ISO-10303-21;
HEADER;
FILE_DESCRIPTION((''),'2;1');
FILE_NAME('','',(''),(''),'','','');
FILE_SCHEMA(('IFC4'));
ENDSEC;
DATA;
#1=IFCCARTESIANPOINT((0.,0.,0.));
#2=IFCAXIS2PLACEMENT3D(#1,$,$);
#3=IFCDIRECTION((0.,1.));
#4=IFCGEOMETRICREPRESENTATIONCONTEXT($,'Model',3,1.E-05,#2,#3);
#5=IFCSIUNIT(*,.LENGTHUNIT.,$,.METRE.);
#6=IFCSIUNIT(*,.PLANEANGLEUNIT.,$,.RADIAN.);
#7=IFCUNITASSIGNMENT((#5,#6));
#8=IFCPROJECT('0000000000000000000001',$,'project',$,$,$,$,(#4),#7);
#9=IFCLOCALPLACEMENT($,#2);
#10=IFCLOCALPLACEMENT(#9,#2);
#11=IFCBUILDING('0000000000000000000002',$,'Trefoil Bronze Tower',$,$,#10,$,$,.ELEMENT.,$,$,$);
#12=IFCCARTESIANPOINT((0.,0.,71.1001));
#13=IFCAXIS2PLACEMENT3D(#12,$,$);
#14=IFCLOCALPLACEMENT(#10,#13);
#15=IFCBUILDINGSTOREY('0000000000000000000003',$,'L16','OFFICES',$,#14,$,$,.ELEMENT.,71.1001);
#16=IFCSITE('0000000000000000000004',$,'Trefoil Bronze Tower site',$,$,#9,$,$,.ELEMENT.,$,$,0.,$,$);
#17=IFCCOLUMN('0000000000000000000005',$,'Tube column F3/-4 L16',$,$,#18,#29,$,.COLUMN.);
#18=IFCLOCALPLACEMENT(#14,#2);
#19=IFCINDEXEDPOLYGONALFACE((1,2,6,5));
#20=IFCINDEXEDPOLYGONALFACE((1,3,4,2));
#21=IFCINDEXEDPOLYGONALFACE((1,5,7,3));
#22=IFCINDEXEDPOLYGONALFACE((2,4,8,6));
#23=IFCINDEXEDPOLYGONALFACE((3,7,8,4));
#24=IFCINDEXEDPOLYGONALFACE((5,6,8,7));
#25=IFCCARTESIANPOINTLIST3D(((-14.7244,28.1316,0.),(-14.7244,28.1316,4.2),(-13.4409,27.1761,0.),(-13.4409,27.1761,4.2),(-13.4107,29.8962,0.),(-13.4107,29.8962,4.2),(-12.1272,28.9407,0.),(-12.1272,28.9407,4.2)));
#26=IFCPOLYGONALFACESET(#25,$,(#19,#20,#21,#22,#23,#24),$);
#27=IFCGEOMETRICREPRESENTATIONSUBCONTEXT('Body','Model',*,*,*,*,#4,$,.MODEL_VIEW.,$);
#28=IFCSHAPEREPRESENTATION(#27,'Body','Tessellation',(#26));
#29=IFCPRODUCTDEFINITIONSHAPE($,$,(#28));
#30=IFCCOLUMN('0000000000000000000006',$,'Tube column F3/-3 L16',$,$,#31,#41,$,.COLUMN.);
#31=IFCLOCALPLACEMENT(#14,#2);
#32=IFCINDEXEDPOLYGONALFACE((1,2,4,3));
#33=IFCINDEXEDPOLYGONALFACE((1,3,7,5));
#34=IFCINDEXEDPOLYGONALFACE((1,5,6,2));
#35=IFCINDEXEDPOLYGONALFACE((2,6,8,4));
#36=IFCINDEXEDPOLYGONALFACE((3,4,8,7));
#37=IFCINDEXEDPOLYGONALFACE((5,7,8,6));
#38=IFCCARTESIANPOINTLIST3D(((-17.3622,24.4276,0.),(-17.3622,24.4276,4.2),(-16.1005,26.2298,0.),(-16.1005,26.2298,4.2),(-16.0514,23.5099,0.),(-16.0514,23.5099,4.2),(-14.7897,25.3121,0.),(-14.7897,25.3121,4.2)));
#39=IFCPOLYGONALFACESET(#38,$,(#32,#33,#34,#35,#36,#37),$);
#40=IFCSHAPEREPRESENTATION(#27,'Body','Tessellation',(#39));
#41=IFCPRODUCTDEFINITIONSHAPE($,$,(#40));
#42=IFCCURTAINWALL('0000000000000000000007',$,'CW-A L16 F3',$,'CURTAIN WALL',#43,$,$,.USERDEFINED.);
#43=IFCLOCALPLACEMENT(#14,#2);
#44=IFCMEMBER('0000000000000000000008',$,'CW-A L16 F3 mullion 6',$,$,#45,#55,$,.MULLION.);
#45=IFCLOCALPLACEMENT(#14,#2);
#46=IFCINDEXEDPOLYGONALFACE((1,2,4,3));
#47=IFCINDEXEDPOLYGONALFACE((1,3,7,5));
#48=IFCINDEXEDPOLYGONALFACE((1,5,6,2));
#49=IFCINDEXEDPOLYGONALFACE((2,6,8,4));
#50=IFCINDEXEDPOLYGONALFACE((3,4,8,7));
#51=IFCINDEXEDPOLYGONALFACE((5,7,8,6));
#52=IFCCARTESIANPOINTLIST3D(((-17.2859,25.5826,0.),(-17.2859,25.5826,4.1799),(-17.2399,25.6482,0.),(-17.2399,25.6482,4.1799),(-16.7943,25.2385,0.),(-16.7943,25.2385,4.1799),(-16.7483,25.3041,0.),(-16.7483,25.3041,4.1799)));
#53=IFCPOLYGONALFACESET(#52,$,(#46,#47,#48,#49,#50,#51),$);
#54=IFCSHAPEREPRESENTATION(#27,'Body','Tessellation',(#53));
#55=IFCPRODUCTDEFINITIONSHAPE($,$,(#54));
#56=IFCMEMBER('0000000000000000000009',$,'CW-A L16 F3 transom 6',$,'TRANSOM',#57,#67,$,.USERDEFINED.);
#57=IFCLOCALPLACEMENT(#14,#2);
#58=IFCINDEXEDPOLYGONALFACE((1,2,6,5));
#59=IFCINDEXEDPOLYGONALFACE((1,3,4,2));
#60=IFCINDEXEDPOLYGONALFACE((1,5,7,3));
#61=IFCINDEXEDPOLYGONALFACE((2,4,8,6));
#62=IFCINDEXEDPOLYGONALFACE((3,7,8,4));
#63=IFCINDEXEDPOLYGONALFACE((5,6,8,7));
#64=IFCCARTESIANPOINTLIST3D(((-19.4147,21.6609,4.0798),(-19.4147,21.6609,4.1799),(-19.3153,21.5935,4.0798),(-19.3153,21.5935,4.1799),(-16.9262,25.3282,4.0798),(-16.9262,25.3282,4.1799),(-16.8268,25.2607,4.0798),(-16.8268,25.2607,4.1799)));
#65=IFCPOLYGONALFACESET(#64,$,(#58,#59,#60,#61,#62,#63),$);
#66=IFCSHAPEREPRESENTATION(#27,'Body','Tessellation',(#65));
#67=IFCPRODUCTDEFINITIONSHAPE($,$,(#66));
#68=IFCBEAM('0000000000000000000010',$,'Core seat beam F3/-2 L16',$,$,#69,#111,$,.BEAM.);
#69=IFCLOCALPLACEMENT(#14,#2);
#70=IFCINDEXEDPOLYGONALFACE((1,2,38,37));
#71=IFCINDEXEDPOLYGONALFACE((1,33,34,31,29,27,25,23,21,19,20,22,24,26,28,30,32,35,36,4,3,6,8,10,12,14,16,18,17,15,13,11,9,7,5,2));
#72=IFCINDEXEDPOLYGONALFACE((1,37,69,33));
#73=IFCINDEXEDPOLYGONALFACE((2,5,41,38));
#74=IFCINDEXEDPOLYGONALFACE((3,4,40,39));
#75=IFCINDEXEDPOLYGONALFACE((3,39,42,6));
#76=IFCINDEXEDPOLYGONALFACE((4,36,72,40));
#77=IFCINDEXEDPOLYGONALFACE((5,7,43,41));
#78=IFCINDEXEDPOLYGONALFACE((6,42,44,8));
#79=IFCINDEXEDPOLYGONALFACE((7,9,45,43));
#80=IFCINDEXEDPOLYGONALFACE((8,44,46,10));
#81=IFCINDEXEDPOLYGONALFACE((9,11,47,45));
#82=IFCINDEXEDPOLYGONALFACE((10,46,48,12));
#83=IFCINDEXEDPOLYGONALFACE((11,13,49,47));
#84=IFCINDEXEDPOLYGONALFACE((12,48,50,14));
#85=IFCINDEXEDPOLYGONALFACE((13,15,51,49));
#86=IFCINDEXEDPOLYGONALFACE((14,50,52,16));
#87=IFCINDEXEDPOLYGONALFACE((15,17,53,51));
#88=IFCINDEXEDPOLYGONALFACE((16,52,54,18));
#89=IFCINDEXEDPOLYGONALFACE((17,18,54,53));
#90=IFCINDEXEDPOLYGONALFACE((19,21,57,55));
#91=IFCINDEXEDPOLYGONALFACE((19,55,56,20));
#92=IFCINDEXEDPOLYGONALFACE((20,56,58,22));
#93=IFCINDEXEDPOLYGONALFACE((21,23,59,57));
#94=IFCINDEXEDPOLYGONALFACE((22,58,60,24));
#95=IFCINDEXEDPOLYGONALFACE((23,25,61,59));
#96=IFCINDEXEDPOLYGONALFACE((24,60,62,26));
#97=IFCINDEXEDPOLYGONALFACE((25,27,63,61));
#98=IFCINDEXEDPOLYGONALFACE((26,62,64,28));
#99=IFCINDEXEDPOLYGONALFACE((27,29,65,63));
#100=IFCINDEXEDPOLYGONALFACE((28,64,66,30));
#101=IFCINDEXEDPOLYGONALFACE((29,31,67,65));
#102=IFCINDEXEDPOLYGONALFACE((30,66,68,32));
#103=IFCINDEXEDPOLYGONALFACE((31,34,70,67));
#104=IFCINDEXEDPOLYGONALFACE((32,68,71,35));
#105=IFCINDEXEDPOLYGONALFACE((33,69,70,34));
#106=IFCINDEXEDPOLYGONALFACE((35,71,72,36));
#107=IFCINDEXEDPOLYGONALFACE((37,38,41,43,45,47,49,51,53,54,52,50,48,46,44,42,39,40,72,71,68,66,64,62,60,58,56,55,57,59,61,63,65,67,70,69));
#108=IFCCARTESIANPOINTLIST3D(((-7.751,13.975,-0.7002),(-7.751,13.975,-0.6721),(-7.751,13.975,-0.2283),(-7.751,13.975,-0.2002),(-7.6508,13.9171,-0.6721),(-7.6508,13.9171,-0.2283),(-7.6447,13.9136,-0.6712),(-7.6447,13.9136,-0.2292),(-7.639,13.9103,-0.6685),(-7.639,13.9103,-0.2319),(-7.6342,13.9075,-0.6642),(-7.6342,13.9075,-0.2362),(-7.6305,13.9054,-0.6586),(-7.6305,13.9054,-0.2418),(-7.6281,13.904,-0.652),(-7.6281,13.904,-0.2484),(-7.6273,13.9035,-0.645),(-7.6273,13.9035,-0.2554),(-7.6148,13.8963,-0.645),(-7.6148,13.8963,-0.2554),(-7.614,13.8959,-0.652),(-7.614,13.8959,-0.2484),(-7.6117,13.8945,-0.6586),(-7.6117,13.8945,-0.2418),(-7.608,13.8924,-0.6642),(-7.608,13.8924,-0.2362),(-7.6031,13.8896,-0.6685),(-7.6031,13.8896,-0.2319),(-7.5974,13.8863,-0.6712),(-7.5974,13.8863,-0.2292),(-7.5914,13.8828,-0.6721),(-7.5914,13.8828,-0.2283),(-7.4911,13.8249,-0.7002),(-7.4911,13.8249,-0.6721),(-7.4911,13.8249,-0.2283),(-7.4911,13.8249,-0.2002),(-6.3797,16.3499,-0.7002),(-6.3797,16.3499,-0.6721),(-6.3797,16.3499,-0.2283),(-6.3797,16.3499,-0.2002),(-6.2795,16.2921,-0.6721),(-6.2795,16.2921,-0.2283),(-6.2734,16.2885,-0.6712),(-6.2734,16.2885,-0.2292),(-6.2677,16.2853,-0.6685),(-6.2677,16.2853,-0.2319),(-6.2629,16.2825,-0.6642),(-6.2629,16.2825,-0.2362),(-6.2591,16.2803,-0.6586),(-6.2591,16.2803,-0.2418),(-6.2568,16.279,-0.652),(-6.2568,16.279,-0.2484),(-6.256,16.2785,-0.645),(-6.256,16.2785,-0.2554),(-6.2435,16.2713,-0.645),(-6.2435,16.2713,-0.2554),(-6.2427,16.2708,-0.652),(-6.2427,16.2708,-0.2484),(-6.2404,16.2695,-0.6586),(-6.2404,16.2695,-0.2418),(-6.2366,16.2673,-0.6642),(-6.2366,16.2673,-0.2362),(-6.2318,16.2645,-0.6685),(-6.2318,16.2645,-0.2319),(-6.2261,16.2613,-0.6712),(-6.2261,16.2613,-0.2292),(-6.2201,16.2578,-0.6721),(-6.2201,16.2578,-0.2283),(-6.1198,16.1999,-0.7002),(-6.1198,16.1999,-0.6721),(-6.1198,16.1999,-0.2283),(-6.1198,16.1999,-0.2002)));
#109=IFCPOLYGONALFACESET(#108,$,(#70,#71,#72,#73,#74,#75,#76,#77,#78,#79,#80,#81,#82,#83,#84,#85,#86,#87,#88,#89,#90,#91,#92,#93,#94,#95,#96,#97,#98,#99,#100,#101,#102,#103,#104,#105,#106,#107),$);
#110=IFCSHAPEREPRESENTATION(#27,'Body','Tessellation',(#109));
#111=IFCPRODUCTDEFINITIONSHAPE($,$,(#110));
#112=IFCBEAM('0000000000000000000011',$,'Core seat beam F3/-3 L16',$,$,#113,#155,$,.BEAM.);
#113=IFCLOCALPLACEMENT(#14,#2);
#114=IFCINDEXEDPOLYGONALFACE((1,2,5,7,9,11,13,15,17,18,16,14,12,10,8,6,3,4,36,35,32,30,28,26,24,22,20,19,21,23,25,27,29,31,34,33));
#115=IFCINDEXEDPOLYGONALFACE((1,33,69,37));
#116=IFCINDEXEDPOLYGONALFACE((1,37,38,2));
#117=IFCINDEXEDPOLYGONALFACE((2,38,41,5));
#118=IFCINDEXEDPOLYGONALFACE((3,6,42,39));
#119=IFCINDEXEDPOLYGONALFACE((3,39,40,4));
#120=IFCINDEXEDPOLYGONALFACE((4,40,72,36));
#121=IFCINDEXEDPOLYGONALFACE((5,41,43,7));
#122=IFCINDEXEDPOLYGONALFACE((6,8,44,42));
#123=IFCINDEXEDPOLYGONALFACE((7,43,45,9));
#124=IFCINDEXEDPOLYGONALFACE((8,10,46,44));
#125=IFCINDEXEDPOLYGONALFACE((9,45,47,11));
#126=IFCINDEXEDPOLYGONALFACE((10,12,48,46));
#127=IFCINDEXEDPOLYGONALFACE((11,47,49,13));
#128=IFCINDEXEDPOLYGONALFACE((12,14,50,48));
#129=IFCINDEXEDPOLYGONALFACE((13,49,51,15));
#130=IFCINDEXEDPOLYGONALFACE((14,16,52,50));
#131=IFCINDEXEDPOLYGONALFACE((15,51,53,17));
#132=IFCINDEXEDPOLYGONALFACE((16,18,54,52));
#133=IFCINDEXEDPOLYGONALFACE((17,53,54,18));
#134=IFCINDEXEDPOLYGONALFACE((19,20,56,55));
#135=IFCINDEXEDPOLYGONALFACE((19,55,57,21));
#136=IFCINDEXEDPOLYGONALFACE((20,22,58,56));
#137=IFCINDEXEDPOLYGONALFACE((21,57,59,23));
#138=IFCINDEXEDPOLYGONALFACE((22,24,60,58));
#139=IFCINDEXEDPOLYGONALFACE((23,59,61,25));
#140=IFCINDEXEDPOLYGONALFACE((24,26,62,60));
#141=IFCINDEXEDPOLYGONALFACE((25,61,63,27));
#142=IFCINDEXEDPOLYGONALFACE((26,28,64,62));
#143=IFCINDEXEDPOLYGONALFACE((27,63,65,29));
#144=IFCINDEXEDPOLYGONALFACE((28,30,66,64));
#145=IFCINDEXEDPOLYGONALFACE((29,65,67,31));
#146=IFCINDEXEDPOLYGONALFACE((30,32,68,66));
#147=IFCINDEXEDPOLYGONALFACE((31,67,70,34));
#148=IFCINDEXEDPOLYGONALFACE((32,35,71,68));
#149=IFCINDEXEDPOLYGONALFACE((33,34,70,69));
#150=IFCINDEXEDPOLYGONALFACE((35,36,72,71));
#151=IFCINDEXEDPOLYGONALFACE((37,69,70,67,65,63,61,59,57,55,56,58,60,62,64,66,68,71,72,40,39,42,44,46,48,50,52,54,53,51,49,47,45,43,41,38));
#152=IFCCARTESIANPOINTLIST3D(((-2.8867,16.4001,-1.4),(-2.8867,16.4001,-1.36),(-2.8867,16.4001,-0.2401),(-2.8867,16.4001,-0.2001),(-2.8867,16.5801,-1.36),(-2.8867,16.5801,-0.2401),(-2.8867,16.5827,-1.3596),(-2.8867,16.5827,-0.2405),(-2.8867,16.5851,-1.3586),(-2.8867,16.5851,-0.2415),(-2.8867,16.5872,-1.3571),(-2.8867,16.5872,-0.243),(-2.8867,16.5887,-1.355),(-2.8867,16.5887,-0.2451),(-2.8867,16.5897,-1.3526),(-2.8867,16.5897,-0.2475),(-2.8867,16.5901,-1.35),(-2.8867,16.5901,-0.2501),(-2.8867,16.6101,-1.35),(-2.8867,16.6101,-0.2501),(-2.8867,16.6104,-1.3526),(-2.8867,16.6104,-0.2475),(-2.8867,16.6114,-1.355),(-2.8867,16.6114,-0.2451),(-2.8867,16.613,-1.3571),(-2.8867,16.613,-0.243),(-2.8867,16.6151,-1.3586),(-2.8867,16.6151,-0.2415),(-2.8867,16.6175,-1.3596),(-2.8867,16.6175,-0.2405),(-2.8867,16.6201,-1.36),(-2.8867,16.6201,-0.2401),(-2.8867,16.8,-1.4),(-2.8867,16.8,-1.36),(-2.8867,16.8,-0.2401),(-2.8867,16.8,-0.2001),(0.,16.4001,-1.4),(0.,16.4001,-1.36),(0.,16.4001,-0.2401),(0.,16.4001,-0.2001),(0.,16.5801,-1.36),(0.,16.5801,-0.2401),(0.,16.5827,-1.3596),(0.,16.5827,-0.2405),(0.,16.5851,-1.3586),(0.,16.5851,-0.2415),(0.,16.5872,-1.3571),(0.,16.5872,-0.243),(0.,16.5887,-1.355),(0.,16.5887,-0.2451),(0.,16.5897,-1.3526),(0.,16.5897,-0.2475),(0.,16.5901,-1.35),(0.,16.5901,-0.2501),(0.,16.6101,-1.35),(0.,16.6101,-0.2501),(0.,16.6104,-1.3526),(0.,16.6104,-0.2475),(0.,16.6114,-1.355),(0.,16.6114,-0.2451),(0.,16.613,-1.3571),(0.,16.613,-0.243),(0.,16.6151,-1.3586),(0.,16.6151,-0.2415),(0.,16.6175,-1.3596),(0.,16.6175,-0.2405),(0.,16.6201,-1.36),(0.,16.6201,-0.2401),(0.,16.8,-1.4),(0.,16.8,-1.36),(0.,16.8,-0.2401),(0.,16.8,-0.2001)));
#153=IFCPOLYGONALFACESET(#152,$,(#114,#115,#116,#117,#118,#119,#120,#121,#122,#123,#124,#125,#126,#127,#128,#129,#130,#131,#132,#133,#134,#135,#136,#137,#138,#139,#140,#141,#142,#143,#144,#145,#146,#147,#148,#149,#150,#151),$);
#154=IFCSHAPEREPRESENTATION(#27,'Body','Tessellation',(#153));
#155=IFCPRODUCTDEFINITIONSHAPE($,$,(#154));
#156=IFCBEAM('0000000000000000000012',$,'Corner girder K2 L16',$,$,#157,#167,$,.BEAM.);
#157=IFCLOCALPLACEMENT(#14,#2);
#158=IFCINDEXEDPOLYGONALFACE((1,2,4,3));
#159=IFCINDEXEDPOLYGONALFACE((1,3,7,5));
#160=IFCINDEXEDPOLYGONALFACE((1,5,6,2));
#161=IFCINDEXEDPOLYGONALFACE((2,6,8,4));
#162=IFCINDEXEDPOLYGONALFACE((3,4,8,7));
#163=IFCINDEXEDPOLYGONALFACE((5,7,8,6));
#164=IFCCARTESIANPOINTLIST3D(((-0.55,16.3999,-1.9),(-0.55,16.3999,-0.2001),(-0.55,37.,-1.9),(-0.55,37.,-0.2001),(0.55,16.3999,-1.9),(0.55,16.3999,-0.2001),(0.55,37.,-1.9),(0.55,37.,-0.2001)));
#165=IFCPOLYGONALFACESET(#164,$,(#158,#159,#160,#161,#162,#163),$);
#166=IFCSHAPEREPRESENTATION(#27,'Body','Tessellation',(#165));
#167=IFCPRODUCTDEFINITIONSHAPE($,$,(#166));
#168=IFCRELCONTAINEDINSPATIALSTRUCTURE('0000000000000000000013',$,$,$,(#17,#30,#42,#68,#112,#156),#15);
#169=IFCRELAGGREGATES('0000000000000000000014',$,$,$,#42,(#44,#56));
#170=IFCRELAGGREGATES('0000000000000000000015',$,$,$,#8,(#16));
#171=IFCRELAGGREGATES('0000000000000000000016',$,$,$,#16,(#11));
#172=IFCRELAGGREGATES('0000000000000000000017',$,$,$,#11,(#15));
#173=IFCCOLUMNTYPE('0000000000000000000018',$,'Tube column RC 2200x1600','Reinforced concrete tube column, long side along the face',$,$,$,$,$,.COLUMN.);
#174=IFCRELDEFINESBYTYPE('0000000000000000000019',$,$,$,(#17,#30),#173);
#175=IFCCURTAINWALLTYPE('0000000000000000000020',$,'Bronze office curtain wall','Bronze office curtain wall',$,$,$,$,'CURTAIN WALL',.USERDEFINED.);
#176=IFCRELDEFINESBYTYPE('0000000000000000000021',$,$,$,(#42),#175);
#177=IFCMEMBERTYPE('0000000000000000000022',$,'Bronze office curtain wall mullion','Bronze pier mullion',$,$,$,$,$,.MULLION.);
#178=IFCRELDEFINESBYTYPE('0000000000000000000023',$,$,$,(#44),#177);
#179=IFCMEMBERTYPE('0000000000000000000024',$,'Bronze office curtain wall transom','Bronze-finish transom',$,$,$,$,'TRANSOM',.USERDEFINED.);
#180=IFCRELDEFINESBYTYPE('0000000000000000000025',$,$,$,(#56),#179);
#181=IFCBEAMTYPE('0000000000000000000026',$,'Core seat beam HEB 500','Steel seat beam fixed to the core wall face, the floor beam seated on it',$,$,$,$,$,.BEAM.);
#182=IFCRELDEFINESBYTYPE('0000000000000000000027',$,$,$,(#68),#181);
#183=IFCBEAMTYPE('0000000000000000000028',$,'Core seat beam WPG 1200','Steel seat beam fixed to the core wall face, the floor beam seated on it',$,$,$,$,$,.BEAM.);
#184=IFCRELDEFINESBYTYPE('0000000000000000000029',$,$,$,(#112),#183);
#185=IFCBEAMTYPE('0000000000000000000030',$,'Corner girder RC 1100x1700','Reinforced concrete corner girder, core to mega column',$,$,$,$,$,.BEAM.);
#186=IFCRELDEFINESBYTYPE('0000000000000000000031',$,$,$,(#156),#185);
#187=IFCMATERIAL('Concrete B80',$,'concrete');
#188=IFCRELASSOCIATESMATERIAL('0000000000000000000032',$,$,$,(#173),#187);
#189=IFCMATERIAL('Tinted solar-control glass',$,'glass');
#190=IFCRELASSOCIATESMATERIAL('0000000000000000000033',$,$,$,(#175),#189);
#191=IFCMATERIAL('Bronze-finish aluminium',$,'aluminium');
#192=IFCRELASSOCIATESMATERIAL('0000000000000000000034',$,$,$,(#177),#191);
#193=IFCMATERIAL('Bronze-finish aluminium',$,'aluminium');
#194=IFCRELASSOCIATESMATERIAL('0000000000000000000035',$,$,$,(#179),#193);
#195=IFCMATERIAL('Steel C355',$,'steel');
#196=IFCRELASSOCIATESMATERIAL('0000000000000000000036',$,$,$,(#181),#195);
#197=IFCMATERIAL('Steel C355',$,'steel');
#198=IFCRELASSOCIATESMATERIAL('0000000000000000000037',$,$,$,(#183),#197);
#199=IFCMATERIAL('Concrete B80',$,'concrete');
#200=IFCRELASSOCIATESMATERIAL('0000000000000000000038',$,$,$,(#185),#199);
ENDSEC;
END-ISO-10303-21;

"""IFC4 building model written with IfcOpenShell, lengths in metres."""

from ifc_helpers import new_model, si_unit, direction, frame, origin, origin_2d, place, context, subcontext, project, spatial, rectangle, i_section, extrude, material, material_profile, profile_set, type_object, element, aggregate, save


model = new_model("IFC4")

# Units and contexts
model_context = context("Model", 3, precision=1e-05, world=origin(), true_north=direction((0.0, 1.0)))
body_context = subcontext(model_context, "Body", "Model", "MODEL_VIEW")
ifc_project = project(units=[si_unit("LENGTHUNIT", "METRE"), si_unit("PLANEANGLEUNIT", "RADIAN")], contexts=[model_context])

# Site, building, storey
site_placement = place(None, origin())
site = spatial("IfcSite", under=ifc_project, at=site_placement, Name="Trefoil Bronze Tower site", CompositionType="ELEMENT", RefElevation=0.0)
building_placement = place(site_placement, origin())
building = spatial("IfcBuilding", under=site, at=building_placement, Name="Trefoil Bronze Tower", CompositionType="ELEMENT")
storey_placement = place(building_placement, frame((0.0, 0.0, 71.1001)))
storey = spatial("IfcBuildingStorey", under=building, at=storey_placement, Name="L16", Description="OFFICES", CompositionType="ELEMENT", Elevation=71.1001)

# Columns
ifc_material_1 = material(Name="Concrete B80", Category="concrete")
ifc_material_profile_1 = material_profile(ifc_material_1, rectangle(XDim=2.2, YDim=1.6001, at=origin_2d()), Name="RC 2200x1600")
ifc_profile_set_1 = profile_set([ifc_material_profile_1], Name="Concrete B80")
column_type = type_object("IfcColumnType", Name="Tube column RC 2200x1600", Description="Reinforced concrete tube column, long side along the face", PredefinedType="COLUMN", material=ifc_profile_set_1)
for number, where, z_axis, x_axis, name in (
    (1, (-13.4258, 28.5361, 0.0), (0.0, 0.0, 1.0), (-0.597154, -0.802127, 0.0), "Tube column F3/-4 L16"),
    (2, (-16.0759, 24.8699, 0.0), (0.0, 0.0, 1.0), (-0.573502, -0.819204, 0.0), "Tube column F3/-3 L16"),
):
    element("IfcColumn", number, at=place(storey_placement, frame(where, z_axis=z_axis, x_axis=x_axis)), inside=storey, type_object=column_type, Name=name, PredefinedType="COLUMN", context=body_context, shape_type="SweptSolid", body=[
        extrude(rectangle(XDim=2.2, YDim=1.6001, at=origin_2d()), origin(), (0.0, 0.0, 1.0), 4.2),
    ])

# Curtain wall, members
ifc_material_2 = material(Name="Tinted solar-control glass", Category="glass")
curtain_wall_type = type_object("IfcCurtainWallType", Name="Bronze office curtain wall", Description="Bronze office curtain wall", ElementType="CURTAIN WALL", PredefinedType="USERDEFINED", material=ifc_material_2)
curtain_wall_placement = place(storey_placement, origin())
curtain_wall = element("IfcCurtainWall", 3, at=curtain_wall_placement, inside=storey, type_object=curtain_wall_type, Name="CW-A L16 F3", ObjectType="CURTAIN WALL", PredefinedType="USERDEFINED")
ifc_material_3 = material(Name="Bronze-finish aluminium", Category="aluminium")
ifc_material_profile_2 = material_profile(ifc_material_3, rectangle(XDim=0.6001, YDim=0.0801, at=origin_2d()), Name="CW-A mullion")
ifc_profile_set_2 = profile_set([ifc_material_profile_2], Name="Bronze-finish aluminium")
member_type_1 = type_object("IfcMemberType", Name="Bronze office curtain wall mullion", Description="Bronze pier mullion", PredefinedType="MULLION", material=ifc_profile_set_2)
member_1_placement = place(storey_placement, frame((-17.0171, 25.4434, 0.0), z_axis=(0.0, 0.0, 1.0), x_axis=(0.819204, -0.573502, 0.0)))
member_1 = element("IfcMember", 4, at=member_1_placement, type_object=member_type_1, Name="CW-A L16 F3 mullion 6", PredefinedType="MULLION", context=body_context, shape_type="SweptSolid", body=[
    extrude(rectangle(XDim=0.6001, YDim=0.0801, at=origin_2d()), origin(), (0.0, 0.0, 1.0), 4.1799),
])
ifc_material_4 = material(Name="Bronze-finish aluminium", Category="aluminium")
ifc_material_profile_3 = material_profile(ifc_material_4, rectangle(XDim=0.1201, YDim=0.1001, at=origin_2d()), Name="CW-A transom")
ifc_profile_set_3 = profile_set([ifc_material_profile_3], Name="Bronze-finish aluminium")
member_type_2 = type_object("IfcMemberType", Name="Bronze office curtain wall transom", Description="Bronze-finish transom", ElementType="TRANSOM", PredefinedType="USERDEFINED", material=ifc_profile_set_3)
member_2_placement = place(storey_placement, frame((-16.8765, 25.2944, 4.1299), z_axis=(-0.561508, -0.827471, 0.0), x_axis=(0.827471, -0.561508, 0.0)))
member_2 = element("IfcMember", 5, at=member_2_placement, type_object=member_type_2, Name="CW-A L16 F3 transom 6", ObjectType="TRANSOM", PredefinedType="USERDEFINED", context=body_context, shape_type="SweptSolid", body=[
    extrude(rectangle(XDim=0.1201, YDim=0.1001, at=origin_2d()), origin(), (0.0, 0.0, 1.0), 4.4319),
])

# Beams
ifc_material_5 = material(Name="Steel C355", Category="steel")
ifc_material_profile_4 = material_profile(ifc_material_5, i_section(OverallWidth=0.3, OverallDepth=0.5, WebThickness=0.0144, FlangeThickness=0.0281, FilletRadius=0.0271, at=origin_2d()), Name="HEB 500")
ifc_profile_set_4 = profile_set([ifc_material_profile_4], Name="Steel C355")
beam_type_1 = type_object("IfcBeamType", Name="Core seat beam HEB 500", Description="Steel seat beam fixed to the core wall face, the floor beam seated on it", PredefinedType="BEAM", material=ifc_profile_set_4)
beam_1_placement = place(storey_placement, frame((-6.2498, 16.2749, -0.4502), z_axis=(-0.500036, -0.866005, 0.0), x_axis=(0.866005, -0.500036, 0.0)))
element("IfcBeam", 6, at=beam_1_placement, inside=storey, type_object=beam_type_1, Name="Core seat beam F3/-2 L16", PredefinedType="BEAM", context=body_context, shape_type="SweptSolid", body=[
    extrude(i_section(OverallWidth=0.3, OverallDepth=0.5, WebThickness=0.0144, FlangeThickness=0.0281, FilletRadius=0.0271, at=origin_2d()), origin(), (0.0, 0.0, 1.0), 2.7424),
])
ifc_material_6 = material(Name="Steel C355", Category="steel")
ifc_material_profile_5 = material_profile(ifc_material_6, i_section(OverallWidth=0.3999, OverallDepth=1.2, WebThickness=0.02, FlangeThickness=0.04, FilletRadius=0.01, at=origin_2d()), Name="WPG 1200")
ifc_profile_set_5 = profile_set([ifc_material_profile_5], Name="Steel C355")
beam_type_2 = type_object("IfcBeamType", Name="Core seat beam WPG 1200", Description="Steel seat beam fixed to the core wall face, the floor beam seated on it", PredefinedType="BEAM", material=ifc_profile_set_5)
beam_2_placement = place(storey_placement, frame((0.0, 16.6001, -0.8), z_axis=(-1.0, 0.0, 0.0), x_axis=(0.0, -1.0, 0.0)))
element("IfcBeam", 7, at=beam_2_placement, inside=storey, type_object=beam_type_2, Name="Core seat beam F3/-3 L16", PredefinedType="BEAM", context=body_context, shape_type="SweptSolid", body=[
    extrude(i_section(OverallWidth=0.3999, OverallDepth=1.2, WebThickness=0.02, FlangeThickness=0.04, FilletRadius=0.01, at=origin_2d()), origin(), (0.0, 0.0, 1.0), 2.8867),
])
ifc_material_7 = material(Name="Concrete B80", Category="concrete")
ifc_material_profile_6 = material_profile(ifc_material_7, rectangle(XDim=1.1001, YDim=1.7, at=origin_2d()), Name="RC 1100x1700")
ifc_profile_set_6 = profile_set([ifc_material_profile_6], Name="Concrete B80")
beam_type_3 = type_object("IfcBeamType", Name="Corner girder RC 1100x1700", Description="Reinforced concrete corner girder, core to mega column", PredefinedType="BEAM", material=ifc_profile_set_6)
beam_3_placement = place(storey_placement, frame((0.0, 16.3999, -1.05), z_axis=(0.0, 1.0, 0.0), x_axis=(-1.0, 0.0, 0.0)))
element("IfcBeam", 8, at=beam_3_placement, inside=storey, type_object=beam_type_3, Name="Corner girder K2 L16", PredefinedType="BEAM", context=body_context, shape_type="SweptSolid", body=[
    extrude(rectangle(XDim=1.1001, YDim=1.7, at=origin_2d()), origin(), (0.0, 0.0, 1.0), 20.6001),
])

aggregate(curtain_wall, [member_1, member_2])

save(model, "model.ifc")
